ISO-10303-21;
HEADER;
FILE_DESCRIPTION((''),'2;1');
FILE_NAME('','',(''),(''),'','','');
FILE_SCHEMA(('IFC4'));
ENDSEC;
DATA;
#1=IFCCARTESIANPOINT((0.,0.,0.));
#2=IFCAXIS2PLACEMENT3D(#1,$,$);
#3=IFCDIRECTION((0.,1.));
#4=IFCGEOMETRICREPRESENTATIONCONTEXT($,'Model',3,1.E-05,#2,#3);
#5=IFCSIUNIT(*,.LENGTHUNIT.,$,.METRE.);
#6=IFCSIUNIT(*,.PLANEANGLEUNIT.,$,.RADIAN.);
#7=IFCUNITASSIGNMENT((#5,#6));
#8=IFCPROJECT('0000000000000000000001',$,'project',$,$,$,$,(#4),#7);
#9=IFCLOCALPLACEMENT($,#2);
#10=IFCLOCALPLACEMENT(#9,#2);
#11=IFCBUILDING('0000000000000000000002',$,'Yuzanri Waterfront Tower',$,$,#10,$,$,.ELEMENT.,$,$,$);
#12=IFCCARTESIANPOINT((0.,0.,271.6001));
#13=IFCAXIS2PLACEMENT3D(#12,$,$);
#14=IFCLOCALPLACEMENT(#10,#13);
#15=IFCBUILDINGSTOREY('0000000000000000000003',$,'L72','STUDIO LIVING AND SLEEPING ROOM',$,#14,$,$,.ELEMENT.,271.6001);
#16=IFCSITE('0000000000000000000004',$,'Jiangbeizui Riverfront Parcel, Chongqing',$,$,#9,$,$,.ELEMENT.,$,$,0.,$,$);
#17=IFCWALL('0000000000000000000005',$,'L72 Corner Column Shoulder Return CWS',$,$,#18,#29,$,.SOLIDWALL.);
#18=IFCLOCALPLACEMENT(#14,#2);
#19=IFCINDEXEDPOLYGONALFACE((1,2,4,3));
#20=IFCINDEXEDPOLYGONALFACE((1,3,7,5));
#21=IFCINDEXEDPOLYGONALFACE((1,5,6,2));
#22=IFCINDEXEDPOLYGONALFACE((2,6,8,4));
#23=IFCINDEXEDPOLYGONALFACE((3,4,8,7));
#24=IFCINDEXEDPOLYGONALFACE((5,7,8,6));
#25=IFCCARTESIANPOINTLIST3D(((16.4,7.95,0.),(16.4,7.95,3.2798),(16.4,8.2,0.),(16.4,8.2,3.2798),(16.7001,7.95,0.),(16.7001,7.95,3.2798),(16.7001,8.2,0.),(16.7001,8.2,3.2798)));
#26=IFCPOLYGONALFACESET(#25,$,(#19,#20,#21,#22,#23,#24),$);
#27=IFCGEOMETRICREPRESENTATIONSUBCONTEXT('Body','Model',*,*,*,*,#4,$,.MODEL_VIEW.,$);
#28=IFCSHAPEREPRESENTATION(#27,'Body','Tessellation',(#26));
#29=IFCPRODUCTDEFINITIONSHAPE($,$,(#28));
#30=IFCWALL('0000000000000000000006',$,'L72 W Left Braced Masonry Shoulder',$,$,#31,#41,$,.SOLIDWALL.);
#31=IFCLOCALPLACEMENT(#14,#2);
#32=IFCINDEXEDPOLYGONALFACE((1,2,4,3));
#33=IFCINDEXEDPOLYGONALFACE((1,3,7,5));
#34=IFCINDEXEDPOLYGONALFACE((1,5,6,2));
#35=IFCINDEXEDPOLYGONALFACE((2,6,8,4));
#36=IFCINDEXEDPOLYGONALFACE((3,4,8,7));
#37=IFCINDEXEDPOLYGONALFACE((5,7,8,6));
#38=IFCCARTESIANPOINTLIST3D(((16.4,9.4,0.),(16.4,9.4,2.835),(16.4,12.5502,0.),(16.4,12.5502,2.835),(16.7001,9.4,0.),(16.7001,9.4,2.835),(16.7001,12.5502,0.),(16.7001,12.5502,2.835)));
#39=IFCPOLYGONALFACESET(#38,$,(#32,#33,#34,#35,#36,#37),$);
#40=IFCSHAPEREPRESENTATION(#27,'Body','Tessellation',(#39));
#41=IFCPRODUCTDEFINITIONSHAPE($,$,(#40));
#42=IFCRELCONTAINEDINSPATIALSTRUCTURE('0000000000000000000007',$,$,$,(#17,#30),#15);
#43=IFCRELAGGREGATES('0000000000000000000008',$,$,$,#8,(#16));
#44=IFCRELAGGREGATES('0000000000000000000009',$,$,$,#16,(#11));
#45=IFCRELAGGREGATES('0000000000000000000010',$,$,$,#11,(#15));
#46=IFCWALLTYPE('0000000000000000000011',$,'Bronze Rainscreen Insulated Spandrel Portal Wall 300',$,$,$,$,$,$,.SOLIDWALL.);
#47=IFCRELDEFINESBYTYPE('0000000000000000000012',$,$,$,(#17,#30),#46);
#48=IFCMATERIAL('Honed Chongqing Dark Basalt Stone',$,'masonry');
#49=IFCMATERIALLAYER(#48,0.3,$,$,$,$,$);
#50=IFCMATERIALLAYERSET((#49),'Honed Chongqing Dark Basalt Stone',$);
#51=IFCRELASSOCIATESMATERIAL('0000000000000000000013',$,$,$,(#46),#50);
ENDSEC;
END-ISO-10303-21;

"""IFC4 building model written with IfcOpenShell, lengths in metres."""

from ifc_helpers import new_model, si_unit, direction, frame, frame_2d, origin, place, context, subcontext, project, spatial, rectangle, extrude, source, transform, mapped, material, layer, layer_set, type_object, element, save


model = new_model("IFC4")

# Units and contexts
model_context = context("Model", 3, precision=1e-05, world=origin(), true_north=direction((0.0, 1.0)))
body_context = subcontext(model_context, "Body", "Model", "MODEL_VIEW")
ifc_project = project(units=[si_unit("LENGTHUNIT", "METRE"), si_unit("PLANEANGLEUNIT", "RADIAN")], contexts=[model_context])

# Site, building, storey
site_placement = place(None, origin())
site = spatial("IfcSite", under=ifc_project, at=site_placement, Name="Jiangbeizui Riverfront Parcel, Chongqing", CompositionType="ELEMENT", RefElevation=0.0)
building_placement = place(site_placement, origin())
building = spatial("IfcBuilding", under=site, at=building_placement, Name="Yuzanri Waterfront Tower", CompositionType="ELEMENT")
storey_placement = place(building_placement, frame((0.0, 0.0, 271.6001)))
storey = spatial("IfcBuildingStorey", under=building, at=storey_placement, Name="L72", Description="STUDIO LIVING AND SLEEPING ROOM", CompositionType="ELEMENT", Elevation=271.6001)

# Walls
ifc_material_1 = material(Name="Honed Chongqing Dark Basalt Stone", Category="masonry")
ifc_layer_1 = layer(ifc_material_1, 0.3)
ifc_layer_set_1 = layer_set([ifc_layer_1], Name="Honed Chongqing Dark Basalt Stone")
wall_type = type_object("IfcWallType", Name="Bronze Rainscreen Insulated Spandrel Portal Wall 300", PredefinedType="SOLIDWALL", material=ifc_layer_set_1)
shared_shape_1 = source(origin(), body_context, "Body", "SweptSolid", [
    extrude(rectangle(XDim=0.25, YDim=0.3, at=frame_2d((0.125, 0.0))), origin(), (0.0, 0.0, 1.0), 3.2798),
])
wall_1_placement = place(storey_placement, frame((16.55, 7.95, 0.0), z_axis=(0.0, 0.0, 1.0), x_axis=(0.0, 1.0, 0.0)))
element("IfcWall", 1, at=wall_1_placement, inside=storey, type_object=wall_type, Name="L72 Corner Column Shoulder Return CWS", PredefinedType="SOLIDWALL", context=body_context, shape_type="MappedRepresentation", body=[
    mapped(shared_shape_1, transform((0.0, 0.0, 0.0), scale=1.0)),
])
shared_shape_2 = source(origin(), body_context, "Body", "SweptSolid", [
    extrude(rectangle(XDim=3.1501, YDim=0.3, at=frame_2d((1.5752, 0.0))), origin(), (0.0, 0.0, 1.0), 2.835),
])
wall_2_placement = place(storey_placement, frame((16.55, 9.3999, 0.0), z_axis=(0.0, 0.0, 1.0), x_axis=(0.0, 1.0, 0.0)))
element("IfcWall", 2, at=wall_2_placement, inside=storey, type_object=wall_type, Name="L72 W Left Braced Masonry Shoulder", PredefinedType="SOLIDWALL", context=body_context, shape_type="MappedRepresentation", body=[
    mapped(shared_shape_2, transform((0.0, 0.0, 0.0), scale=1.0)),
])

save(model, "model.ifc")
